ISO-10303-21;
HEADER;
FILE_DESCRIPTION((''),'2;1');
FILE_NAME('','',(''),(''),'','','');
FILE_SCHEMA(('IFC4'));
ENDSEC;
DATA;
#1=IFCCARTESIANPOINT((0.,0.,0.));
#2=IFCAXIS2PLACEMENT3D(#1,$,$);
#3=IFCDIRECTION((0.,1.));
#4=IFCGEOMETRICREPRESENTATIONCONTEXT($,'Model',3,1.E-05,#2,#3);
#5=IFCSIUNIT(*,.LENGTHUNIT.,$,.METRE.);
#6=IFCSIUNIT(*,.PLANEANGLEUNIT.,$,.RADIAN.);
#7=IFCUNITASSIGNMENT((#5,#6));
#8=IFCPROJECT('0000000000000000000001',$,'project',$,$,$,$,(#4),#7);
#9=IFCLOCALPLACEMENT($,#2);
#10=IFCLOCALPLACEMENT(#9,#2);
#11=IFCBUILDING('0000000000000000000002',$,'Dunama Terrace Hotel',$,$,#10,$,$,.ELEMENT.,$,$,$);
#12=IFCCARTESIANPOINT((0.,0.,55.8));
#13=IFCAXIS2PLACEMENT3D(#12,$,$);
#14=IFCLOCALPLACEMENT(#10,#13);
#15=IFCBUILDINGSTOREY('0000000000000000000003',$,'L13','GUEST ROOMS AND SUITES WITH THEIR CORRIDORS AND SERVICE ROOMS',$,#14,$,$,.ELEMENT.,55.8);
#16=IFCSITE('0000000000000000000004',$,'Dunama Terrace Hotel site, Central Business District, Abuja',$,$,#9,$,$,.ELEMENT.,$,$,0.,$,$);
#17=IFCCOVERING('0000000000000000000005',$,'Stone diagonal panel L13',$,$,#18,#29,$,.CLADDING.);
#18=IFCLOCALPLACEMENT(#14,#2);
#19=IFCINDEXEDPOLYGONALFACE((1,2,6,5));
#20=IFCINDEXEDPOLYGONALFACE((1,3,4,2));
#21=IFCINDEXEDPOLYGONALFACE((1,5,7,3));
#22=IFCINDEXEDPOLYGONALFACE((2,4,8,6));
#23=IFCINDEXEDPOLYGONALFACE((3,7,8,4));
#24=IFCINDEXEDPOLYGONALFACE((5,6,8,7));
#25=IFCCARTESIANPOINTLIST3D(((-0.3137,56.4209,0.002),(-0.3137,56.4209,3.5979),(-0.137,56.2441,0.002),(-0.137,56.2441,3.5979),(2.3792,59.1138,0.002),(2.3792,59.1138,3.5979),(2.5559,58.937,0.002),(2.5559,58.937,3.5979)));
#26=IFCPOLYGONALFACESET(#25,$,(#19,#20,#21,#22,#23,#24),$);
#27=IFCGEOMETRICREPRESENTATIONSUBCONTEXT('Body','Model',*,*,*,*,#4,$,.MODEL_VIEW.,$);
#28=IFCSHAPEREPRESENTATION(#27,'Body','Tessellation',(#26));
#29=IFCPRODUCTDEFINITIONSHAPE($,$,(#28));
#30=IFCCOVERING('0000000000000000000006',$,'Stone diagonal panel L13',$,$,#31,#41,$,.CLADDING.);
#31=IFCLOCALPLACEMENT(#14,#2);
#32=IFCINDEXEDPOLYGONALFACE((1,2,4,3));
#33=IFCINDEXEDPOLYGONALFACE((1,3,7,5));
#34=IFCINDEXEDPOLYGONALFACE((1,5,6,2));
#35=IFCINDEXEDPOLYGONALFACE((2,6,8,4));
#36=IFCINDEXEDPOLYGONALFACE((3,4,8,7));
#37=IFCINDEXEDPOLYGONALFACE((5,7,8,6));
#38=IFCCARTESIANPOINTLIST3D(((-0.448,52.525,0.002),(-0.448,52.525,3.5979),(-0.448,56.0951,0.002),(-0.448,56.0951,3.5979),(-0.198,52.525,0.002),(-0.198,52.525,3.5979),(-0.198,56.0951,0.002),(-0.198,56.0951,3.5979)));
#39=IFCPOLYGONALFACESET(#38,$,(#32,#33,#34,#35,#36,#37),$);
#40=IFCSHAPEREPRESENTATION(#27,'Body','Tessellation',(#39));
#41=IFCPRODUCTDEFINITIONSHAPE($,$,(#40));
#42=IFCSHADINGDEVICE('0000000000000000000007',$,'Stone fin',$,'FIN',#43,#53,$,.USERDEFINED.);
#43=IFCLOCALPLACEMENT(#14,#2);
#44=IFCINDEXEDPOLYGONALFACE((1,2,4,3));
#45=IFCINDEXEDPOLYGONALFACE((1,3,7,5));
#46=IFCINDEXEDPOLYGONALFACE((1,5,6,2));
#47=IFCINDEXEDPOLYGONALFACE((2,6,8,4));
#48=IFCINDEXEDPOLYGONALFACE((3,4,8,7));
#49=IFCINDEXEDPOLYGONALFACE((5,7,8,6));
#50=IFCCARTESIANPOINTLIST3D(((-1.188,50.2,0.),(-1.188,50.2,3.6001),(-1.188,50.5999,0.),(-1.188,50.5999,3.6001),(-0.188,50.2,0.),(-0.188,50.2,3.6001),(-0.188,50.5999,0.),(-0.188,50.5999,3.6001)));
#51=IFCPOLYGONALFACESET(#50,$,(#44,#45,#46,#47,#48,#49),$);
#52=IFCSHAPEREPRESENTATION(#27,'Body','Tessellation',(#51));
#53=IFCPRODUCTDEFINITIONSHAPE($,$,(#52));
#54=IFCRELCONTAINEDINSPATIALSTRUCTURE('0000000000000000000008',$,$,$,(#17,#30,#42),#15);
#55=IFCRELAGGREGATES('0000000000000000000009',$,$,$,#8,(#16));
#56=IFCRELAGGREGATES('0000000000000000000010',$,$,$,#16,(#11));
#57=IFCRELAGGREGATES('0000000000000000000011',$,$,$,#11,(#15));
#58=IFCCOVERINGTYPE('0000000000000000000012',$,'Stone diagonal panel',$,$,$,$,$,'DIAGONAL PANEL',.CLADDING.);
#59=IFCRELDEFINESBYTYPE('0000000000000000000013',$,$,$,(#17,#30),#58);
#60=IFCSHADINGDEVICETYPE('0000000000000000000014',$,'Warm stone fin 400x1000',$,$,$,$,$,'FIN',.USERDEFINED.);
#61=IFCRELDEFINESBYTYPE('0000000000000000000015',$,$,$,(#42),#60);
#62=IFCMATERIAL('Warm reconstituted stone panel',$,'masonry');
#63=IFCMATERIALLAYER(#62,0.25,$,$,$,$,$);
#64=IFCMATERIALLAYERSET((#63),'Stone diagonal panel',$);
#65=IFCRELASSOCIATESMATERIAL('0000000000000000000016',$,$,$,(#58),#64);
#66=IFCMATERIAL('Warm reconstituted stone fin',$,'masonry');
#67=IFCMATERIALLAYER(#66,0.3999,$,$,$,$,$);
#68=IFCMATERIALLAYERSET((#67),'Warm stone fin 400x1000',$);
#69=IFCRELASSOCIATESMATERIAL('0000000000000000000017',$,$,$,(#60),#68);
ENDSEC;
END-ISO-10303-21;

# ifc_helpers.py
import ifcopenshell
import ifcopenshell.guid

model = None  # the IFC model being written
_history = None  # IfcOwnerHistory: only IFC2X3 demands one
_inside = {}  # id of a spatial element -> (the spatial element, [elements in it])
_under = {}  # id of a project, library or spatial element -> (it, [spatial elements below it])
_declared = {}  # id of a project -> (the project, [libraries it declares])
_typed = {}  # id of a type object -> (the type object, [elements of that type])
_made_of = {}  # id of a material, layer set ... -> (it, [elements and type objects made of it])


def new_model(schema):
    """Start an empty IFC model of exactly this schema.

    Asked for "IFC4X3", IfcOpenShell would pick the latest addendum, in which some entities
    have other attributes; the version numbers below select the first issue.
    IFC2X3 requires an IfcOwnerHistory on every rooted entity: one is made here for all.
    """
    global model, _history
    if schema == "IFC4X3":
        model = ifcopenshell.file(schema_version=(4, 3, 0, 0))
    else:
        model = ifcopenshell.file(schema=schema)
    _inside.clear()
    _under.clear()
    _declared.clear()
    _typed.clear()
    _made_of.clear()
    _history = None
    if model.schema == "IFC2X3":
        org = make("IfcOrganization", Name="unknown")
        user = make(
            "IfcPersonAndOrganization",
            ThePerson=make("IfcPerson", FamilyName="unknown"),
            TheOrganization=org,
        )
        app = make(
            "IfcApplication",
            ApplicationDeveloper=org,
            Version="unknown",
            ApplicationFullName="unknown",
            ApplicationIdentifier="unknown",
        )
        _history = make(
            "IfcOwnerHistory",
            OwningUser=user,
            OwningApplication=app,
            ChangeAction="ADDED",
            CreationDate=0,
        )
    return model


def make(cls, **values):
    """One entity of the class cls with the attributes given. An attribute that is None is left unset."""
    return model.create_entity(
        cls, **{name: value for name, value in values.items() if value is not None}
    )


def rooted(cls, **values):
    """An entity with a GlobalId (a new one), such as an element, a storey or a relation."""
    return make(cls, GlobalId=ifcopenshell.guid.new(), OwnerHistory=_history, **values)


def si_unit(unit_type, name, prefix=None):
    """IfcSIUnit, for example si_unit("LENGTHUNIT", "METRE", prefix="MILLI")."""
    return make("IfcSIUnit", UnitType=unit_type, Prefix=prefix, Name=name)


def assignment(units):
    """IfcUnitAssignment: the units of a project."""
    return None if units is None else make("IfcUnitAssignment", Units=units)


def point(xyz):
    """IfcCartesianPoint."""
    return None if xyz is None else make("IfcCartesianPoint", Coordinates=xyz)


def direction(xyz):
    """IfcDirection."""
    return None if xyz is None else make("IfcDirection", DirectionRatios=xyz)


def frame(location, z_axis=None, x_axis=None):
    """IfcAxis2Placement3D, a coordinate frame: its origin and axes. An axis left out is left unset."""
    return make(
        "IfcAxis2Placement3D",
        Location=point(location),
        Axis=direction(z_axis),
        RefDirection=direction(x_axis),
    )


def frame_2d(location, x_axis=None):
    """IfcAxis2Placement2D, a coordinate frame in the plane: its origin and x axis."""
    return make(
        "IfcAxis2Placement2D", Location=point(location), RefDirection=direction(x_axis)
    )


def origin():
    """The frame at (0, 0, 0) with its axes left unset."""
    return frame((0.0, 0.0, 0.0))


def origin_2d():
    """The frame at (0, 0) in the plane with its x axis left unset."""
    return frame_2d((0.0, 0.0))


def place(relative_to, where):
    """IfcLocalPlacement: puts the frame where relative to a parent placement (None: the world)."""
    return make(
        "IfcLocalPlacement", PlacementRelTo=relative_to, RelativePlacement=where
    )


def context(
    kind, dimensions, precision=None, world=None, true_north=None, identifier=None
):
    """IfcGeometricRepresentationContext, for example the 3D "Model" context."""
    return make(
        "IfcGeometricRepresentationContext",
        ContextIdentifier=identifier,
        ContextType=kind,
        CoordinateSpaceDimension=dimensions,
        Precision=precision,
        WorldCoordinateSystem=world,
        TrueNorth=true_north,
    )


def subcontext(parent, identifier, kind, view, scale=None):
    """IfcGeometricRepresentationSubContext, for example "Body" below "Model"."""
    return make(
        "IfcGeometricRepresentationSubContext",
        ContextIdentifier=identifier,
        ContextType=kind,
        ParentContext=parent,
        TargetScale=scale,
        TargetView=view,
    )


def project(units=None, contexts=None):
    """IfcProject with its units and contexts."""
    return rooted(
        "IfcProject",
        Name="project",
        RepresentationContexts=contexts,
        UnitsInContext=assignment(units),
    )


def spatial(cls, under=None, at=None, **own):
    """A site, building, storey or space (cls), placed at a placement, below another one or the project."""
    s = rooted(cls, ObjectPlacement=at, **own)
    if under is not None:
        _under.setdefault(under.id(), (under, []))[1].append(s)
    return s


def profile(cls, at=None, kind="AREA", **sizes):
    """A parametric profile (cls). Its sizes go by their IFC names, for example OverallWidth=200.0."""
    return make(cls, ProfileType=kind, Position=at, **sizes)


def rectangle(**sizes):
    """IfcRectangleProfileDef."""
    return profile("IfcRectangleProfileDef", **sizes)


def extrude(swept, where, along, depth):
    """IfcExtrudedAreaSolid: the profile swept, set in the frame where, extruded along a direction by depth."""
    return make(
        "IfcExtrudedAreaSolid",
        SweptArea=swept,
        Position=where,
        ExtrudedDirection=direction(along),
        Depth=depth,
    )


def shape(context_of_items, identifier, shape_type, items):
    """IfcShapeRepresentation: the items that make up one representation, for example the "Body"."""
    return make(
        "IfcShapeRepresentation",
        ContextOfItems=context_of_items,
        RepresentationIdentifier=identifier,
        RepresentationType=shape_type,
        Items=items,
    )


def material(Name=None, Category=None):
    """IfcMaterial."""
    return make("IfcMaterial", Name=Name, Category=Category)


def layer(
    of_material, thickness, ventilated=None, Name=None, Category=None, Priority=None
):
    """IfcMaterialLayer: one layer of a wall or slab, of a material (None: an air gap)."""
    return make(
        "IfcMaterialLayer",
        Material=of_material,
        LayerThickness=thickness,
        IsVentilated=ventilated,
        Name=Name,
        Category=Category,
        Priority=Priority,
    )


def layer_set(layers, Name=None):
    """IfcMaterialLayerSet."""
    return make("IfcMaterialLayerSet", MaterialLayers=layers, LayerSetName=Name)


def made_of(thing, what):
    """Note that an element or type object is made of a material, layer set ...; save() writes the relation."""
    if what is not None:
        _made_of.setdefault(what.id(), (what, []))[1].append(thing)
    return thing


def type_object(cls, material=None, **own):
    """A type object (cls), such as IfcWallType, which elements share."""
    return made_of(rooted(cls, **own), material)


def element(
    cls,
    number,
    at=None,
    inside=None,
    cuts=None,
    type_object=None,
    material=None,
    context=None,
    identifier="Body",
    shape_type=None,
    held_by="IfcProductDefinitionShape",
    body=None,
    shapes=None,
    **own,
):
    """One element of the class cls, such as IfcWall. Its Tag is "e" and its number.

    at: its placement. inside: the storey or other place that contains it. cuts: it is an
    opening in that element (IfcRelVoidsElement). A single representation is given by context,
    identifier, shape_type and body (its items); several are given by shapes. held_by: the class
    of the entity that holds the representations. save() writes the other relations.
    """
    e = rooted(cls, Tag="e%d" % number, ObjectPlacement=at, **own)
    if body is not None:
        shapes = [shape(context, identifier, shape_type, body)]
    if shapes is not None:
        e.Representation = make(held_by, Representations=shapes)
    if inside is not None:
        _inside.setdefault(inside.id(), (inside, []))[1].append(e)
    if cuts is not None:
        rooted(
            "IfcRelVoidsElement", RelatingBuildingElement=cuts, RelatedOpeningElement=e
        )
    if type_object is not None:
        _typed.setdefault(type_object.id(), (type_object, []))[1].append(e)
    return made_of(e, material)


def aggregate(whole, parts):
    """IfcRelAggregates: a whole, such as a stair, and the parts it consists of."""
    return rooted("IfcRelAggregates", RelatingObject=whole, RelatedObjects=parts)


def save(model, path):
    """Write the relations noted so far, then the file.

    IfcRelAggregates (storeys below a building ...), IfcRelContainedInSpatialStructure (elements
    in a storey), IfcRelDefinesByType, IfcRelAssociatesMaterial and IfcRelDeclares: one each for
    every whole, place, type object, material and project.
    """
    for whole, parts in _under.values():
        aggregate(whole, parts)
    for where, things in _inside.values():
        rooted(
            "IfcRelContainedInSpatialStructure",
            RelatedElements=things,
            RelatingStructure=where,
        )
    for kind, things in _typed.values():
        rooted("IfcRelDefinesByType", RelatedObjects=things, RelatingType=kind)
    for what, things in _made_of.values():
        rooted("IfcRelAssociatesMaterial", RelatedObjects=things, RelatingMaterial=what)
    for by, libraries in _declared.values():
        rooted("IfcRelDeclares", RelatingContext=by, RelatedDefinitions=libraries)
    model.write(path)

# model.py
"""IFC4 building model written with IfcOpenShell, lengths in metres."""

from ifc_helpers import new_model, si_unit, direction, frame, origin, origin_2d, place, context, subcontext, project, spatial, rectangle, extrude, material, layer, layer_set, type_object, element, save


model = new_model("IFC4")

# Units and contexts
model_context = context("Model", 3, precision=1e-05, world=origin(), true_north=direction((0.0, 1.0)))
body_context = subcontext(model_context, "Body", "Model", "MODEL_VIEW")
ifc_project = project(units=[si_unit("LENGTHUNIT", "METRE"), si_unit("PLANEANGLEUNIT", "RADIAN")], contexts=[model_context])

# Site, building, storey
site_placement = place(None, origin())
site = spatial("IfcSite", under=ifc_project, at=site_placement, Name="Dunama Terrace Hotel site, Central Business District, Abuja", CompositionType="ELEMENT", RefElevation=0.0)
building_placement = place(site_placement, origin())
building = spatial("IfcBuilding", under=site, at=building_placement, Name="Dunama Terrace Hotel", CompositionType="ELEMENT")
storey_placement = place(building_placement, frame((0.0, 0.0, 55.8)))
storey = spatial("IfcBuildingStorey", under=building, at=storey_placement, Name="L13", Description="GUEST ROOMS AND SUITES WITH THEIR CORRIDORS AND SERVICE ROOMS", CompositionType="ELEMENT", Elevation=55.8)

# Coverings
ifc_material_1 = material(Name="Warm reconstituted stone panel", Category="masonry")
ifc_layer_1 = layer(ifc_material_1, 0.25)
ifc_layer_set_1 = layer_set([ifc_layer_1], Name="Stone diagonal panel")
covering_type = type_object("IfcCoveringType", Name="Stone diagonal panel", ElementType="DIAGONAL PANEL", PredefinedType="CLADDING", material=ifc_layer_set_1)
covering_1_placement = place(storey_placement, frame((1.1211, 57.679, 0.002), z_axis=(0.0, 0.0, 1.0), x_axis=(-0.707107, -0.707107, 0.0)))
element("IfcCovering", 1, at=covering_1_placement, inside=storey, type_object=covering_type, Name="Stone diagonal panel L13", PredefinedType="CLADDING", context=body_context, shape_type="SweptSolid", body=[
    extrude(rectangle(XDim=3.8083, YDim=0.25, at=origin_2d()), origin(), (0.0, 0.0, 1.0), 3.5959),
])
covering_2_placement = place(storey_placement, frame((-0.323, 54.3101, 0.002), z_axis=(0.0, 0.0, 1.0), x_axis=(0.0, -1.0, 0.0)))
element("IfcCovering", 2, at=covering_2_placement, inside=storey, type_object=covering_type, Name="Stone diagonal panel L13", PredefinedType="CLADDING", context=body_context, shape_type="SweptSolid", body=[
    extrude(rectangle(XDim=3.5701, YDim=0.25, at=origin_2d()), origin(), (0.0, 0.0, 1.0), 3.5959),
])

# Shading device
ifc_material_2 = material(Name="Warm reconstituted stone fin", Category="masonry")
ifc_layer_2 = layer(ifc_material_2, 0.3999)
ifc_layer_set_2 = layer_set([ifc_layer_2], Name="Warm stone fin 400x1000")
shading_device_type = type_object("IfcShadingDeviceType", Name="Warm stone fin 400x1000", ElementType="FIN", PredefinedType="USERDEFINED", material=ifc_layer_set_2)
shading_device_placement = place(storey_placement, frame((-0.688, 50.3999, 0.0), z_axis=(0.0, 0.0, 1.0), x_axis=(0.0, -1.0, 0.0)))
element("IfcShadingDevice", 3, at=shading_device_placement, inside=storey, type_object=shading_device_type, Name="Stone fin", ObjectType="FIN", PredefinedType="USERDEFINED", context=body_context, shape_type="SweptSolid", body=[
    extrude(rectangle(XDim=0.3999, YDim=1.0, at=origin_2d()), origin(), (0.0, 0.0, 1.0), 3.6001),
])

save(model, "model.ifc")
